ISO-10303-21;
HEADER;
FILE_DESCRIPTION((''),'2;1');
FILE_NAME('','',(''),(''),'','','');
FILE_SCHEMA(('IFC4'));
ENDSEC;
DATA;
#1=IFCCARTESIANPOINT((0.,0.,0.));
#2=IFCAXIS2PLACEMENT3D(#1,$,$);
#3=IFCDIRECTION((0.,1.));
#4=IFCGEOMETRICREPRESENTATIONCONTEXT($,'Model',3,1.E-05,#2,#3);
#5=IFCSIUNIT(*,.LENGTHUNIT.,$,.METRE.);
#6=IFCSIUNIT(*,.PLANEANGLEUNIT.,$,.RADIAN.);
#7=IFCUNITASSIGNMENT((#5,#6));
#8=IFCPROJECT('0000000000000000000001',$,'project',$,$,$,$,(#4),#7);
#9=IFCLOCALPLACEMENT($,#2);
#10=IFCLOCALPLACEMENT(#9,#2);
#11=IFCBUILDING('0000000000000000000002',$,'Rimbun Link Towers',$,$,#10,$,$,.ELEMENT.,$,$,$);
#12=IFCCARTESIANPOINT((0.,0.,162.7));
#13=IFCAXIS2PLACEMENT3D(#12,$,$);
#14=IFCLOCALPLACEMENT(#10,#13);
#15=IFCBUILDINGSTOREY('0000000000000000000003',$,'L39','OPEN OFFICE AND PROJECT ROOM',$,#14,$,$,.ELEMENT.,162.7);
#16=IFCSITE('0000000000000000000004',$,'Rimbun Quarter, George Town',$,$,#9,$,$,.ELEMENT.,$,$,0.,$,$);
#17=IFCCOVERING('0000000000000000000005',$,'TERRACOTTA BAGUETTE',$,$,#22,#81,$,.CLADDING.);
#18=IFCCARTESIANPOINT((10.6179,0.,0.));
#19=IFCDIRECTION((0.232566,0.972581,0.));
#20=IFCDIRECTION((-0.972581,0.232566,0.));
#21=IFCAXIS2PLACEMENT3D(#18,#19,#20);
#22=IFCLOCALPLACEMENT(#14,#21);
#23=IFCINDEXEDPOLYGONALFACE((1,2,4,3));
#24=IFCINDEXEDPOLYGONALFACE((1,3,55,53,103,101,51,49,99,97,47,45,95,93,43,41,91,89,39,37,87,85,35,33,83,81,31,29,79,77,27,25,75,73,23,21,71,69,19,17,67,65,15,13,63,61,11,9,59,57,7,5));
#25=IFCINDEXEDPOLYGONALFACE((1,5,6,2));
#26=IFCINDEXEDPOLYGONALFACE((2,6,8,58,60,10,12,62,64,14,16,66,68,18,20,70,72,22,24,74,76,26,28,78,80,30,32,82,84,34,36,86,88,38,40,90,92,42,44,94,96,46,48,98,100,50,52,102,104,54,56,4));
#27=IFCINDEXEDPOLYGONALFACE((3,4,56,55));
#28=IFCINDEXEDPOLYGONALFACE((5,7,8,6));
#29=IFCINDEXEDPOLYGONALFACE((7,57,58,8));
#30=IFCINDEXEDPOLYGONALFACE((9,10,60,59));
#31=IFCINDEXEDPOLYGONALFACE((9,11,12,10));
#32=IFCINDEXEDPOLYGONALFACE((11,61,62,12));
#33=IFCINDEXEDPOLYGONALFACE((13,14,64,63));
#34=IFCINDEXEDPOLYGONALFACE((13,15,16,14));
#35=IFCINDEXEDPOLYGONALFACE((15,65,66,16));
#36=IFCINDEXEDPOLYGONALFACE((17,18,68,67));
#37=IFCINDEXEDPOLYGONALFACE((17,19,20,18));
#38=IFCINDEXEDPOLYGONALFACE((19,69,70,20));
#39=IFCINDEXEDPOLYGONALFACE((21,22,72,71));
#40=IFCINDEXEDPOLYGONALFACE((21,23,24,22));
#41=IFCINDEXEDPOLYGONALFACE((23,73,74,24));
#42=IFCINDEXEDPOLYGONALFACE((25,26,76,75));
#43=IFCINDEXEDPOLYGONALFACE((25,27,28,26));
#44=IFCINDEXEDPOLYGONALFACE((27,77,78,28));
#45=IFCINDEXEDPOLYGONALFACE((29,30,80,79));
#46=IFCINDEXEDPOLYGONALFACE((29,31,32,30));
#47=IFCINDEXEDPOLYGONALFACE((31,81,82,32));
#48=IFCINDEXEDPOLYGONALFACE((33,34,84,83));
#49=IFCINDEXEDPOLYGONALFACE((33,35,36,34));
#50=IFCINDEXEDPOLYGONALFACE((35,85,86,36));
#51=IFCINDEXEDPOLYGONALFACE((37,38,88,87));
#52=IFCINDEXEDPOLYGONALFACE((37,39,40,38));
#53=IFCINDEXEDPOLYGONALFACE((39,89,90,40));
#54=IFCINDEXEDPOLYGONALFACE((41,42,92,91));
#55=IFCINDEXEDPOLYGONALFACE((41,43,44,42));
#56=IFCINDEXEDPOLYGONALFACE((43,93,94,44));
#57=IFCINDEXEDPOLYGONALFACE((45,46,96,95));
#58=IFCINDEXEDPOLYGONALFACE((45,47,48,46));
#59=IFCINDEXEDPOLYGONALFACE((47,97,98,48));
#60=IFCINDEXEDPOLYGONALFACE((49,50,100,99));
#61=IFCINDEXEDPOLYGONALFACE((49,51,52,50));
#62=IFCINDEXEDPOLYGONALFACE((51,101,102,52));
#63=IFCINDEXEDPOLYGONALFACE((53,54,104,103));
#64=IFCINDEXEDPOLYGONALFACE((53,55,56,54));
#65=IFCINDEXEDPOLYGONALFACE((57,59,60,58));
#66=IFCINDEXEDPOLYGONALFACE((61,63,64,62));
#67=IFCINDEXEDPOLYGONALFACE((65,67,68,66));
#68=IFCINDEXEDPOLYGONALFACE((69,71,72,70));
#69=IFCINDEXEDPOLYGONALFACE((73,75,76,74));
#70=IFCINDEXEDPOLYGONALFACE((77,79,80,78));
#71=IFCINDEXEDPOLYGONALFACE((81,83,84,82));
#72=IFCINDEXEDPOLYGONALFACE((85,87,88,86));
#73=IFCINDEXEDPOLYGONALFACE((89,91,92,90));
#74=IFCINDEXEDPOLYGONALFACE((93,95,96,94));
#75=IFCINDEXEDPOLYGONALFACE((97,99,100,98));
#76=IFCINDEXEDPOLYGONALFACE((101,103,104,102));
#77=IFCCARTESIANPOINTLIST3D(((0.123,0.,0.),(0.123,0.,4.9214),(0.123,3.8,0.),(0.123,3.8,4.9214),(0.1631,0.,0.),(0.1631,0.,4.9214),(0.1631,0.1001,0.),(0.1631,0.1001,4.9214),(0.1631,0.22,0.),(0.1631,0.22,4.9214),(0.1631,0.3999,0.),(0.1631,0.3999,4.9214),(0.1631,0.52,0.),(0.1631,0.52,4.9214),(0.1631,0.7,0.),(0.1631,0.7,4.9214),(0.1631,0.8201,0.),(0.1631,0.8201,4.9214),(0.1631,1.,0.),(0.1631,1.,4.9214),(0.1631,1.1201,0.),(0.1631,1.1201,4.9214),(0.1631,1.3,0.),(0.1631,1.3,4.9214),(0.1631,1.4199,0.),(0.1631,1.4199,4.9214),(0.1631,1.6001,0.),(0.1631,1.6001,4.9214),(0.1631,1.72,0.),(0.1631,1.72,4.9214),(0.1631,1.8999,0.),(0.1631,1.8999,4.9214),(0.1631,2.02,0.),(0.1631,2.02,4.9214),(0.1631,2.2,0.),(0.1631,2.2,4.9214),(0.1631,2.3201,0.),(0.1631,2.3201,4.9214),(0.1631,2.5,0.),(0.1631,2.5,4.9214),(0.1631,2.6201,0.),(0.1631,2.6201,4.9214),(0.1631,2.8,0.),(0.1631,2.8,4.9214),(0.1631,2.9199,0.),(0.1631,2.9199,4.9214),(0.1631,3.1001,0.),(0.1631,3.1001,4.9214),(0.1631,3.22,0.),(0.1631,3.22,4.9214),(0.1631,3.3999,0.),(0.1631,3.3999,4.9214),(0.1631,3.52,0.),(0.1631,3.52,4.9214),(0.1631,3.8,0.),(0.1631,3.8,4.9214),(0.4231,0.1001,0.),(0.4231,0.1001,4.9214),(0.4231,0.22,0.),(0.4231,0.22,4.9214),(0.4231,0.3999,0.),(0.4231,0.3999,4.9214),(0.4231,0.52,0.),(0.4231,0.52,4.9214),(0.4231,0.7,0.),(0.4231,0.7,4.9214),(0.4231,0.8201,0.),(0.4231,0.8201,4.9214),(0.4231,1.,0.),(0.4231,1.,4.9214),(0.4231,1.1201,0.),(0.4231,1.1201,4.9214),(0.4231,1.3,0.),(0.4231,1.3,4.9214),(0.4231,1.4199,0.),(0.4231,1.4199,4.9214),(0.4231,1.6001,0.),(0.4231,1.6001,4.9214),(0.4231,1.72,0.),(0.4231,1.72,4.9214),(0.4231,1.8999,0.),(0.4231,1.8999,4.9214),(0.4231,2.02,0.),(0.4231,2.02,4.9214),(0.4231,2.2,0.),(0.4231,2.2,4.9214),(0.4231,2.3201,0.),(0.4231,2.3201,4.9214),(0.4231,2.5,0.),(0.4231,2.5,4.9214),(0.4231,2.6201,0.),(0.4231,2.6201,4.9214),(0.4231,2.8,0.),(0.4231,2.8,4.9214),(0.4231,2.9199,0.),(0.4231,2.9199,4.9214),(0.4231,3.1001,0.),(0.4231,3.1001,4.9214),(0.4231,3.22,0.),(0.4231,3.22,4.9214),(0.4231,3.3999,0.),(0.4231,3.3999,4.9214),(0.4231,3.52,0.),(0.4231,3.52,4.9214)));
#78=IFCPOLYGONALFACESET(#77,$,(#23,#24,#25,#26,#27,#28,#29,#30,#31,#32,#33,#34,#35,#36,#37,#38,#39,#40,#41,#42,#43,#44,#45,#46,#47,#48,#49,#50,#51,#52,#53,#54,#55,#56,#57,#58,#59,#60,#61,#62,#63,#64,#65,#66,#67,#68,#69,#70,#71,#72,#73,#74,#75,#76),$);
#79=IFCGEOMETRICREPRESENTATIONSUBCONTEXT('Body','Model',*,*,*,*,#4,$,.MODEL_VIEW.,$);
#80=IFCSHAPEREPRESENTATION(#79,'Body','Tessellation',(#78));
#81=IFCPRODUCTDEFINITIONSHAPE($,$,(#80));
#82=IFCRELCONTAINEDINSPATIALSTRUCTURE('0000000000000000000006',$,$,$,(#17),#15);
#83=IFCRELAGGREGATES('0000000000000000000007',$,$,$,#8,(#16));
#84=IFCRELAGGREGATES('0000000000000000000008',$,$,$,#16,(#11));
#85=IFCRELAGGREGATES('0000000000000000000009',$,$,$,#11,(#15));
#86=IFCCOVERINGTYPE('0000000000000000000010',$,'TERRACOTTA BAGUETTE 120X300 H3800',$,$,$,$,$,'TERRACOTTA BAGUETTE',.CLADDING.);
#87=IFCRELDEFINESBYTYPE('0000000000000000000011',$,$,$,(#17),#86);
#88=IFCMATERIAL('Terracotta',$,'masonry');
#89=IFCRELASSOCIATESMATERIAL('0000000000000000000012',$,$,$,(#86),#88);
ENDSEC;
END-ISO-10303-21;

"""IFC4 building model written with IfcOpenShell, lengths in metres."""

from ifc_helpers import new_model, si_unit, direction, frame, origin, place, context, subcontext, project, spatial, polyline, outline, extrude, material, material_profile, profile_set, type_object, element, save


model = new_model("IFC4")

# Units and contexts
model_context = context("Model", 3, precision=1e-05, world=origin(), true_north=direction((0.0, 1.0)))
body_context = subcontext(model_context, "Body", "Model", "MODEL_VIEW")
ifc_project = project(units=[si_unit("LENGTHUNIT", "METRE"), si_unit("PLANEANGLEUNIT", "RADIAN")], contexts=[model_context])

# Site, building, storey
site_placement = place(None, origin())
site = spatial("IfcSite", under=ifc_project, at=site_placement, Name="Rimbun Quarter, George Town", CompositionType="ELEMENT", RefElevation=0.0)
building_placement = place(site_placement, origin())
building = spatial("IfcBuilding", under=site, at=building_placement, Name="Rimbun Link Towers", CompositionType="ELEMENT")
storey_placement = place(building_placement, frame((0.0, 0.0, 162.7)))
storey = spatial("IfcBuildingStorey", under=building, at=storey_placement, Name="L39", Description="OPEN OFFICE AND PROJECT ROOM", CompositionType="ELEMENT", Elevation=162.7)

# Covering
ifc_material_1 = material(Name="Terracotta", Category="masonry")
ifc_material_profile_1 = material_profile(ifc_material_1, outline(polyline([(0.123, 0.0), (0.1631, 0.0), (0.1631, 0.1001), (0.4231, 0.1001), (0.4231, 0.22), (0.1631, 0.22), (0.1631, 0.3999), (0.4231, 0.3999), (0.4231, 0.52), (0.1631, 0.52), (0.1631, 0.7), (0.4231, 0.7), (0.4231, 0.8201), (0.1631, 0.8201), (0.1631, 1.0), (0.4231, 1.0), (0.4231, 1.1201), (0.1631, 1.1201), (0.1631, 1.3), (0.4231, 1.3), (0.4231, 1.4199), (0.1631, 1.4199), (0.1631, 1.6001), (0.4231, 1.6001), (0.4231, 1.72), (0.1631, 1.72), (0.1631, 1.8999), (0.4231, 1.8999), (0.4231, 2.02), (0.1631, 2.02), (0.1631, 2.2), (0.4231, 2.2), (0.4231, 2.3201), (0.1631, 2.3201), (0.1631, 2.5), (0.4231, 2.5), (0.4231, 2.6201), (0.1631, 2.6201), (0.1631, 2.8), (0.4231, 2.8), (0.4231, 2.9199), (0.1631, 2.9199), (0.1631, 3.1001), (0.4231, 3.1001), (0.4231, 3.22), (0.1631, 3.22), (0.1631, 3.3999), (0.4231, 3.3999), (0.4231, 3.52), (0.1631, 3.52), (0.1631, 3.8), (0.123, 3.8), (0.123, 0.0)])), Name="BAGUETTE 120X300")
ifc_profile_set_1 = profile_set([ifc_material_profile_1], Name="Terracotta")
covering_type_1 = type_object("IfcCoveringType", Name="TERRACOTTA BAGUETTE 120X300 H3800", ElementType="TERRACOTTA BAGUETTE", PredefinedType="CLADDING", material=ifc_profile_set_1)
covering_1_placement = place(storey_placement, frame((10.6179, 0.0, 0.0), z_axis=(0.232566, 0.972581, 0.0), x_axis=(-0.972581, 0.232566, 0.0)))
element("IfcCovering", 1, at=covering_1_placement, inside=storey, type_object=covering_type_1, Name="TERRACOTTA BAGUETTE", PredefinedType="CLADDING", context=body_context, shape_type="SweptSolid", body=[
    extrude(outline(polyline([(0.123, 0.0), (0.1631, 0.0), (0.1631, 0.1001), (0.4231, 0.1001), (0.4231, 0.22), (0.1631, 0.22), (0.1631, 0.3999), (0.4231, 0.3999), (0.4231, 0.52), (0.1631, 0.52), (0.1631, 0.7), (0.4231, 0.7), (0.4231, 0.8201), (0.1631, 0.8201), (0.1631, 1.0), (0.4231, 1.0), (0.4231, 1.1201), (0.1631, 1.1201), (0.1631, 1.3), (0.4231, 1.3), (0.4231, 1.4199), (0.1631, 1.4199), (0.1631, 1.6001), (0.4231, 1.6001), (0.4231, 1.72), (0.1631, 1.72), (0.1631, 1.8999), (0.4231, 1.8999), (0.4231, 2.02), (0.1631, 2.02), (0.1631, 2.2), (0.4231, 2.2), (0.4231, 2.3201), (0.1631, 2.3201), (0.1631, 2.5), (0.4231, 2.5), (0.4231, 2.6201), (0.1631, 2.6201), (0.1631, 2.8), (0.4231, 2.8), (0.4231, 2.9199), (0.1631, 2.9199), (0.1631, 3.1001), (0.4231, 3.1001), (0.4231, 3.22), (0.1631, 3.22), (0.1631, 3.3999), (0.4231, 3.3999), (0.4231, 3.52), (0.1631, 3.52), (0.1631, 3.8), (0.123, 3.8), (0.123, 0.0)])), origin(), (0.0, 0.0, 1.0), 4.9214),
])

save(model, "model.ifc")
